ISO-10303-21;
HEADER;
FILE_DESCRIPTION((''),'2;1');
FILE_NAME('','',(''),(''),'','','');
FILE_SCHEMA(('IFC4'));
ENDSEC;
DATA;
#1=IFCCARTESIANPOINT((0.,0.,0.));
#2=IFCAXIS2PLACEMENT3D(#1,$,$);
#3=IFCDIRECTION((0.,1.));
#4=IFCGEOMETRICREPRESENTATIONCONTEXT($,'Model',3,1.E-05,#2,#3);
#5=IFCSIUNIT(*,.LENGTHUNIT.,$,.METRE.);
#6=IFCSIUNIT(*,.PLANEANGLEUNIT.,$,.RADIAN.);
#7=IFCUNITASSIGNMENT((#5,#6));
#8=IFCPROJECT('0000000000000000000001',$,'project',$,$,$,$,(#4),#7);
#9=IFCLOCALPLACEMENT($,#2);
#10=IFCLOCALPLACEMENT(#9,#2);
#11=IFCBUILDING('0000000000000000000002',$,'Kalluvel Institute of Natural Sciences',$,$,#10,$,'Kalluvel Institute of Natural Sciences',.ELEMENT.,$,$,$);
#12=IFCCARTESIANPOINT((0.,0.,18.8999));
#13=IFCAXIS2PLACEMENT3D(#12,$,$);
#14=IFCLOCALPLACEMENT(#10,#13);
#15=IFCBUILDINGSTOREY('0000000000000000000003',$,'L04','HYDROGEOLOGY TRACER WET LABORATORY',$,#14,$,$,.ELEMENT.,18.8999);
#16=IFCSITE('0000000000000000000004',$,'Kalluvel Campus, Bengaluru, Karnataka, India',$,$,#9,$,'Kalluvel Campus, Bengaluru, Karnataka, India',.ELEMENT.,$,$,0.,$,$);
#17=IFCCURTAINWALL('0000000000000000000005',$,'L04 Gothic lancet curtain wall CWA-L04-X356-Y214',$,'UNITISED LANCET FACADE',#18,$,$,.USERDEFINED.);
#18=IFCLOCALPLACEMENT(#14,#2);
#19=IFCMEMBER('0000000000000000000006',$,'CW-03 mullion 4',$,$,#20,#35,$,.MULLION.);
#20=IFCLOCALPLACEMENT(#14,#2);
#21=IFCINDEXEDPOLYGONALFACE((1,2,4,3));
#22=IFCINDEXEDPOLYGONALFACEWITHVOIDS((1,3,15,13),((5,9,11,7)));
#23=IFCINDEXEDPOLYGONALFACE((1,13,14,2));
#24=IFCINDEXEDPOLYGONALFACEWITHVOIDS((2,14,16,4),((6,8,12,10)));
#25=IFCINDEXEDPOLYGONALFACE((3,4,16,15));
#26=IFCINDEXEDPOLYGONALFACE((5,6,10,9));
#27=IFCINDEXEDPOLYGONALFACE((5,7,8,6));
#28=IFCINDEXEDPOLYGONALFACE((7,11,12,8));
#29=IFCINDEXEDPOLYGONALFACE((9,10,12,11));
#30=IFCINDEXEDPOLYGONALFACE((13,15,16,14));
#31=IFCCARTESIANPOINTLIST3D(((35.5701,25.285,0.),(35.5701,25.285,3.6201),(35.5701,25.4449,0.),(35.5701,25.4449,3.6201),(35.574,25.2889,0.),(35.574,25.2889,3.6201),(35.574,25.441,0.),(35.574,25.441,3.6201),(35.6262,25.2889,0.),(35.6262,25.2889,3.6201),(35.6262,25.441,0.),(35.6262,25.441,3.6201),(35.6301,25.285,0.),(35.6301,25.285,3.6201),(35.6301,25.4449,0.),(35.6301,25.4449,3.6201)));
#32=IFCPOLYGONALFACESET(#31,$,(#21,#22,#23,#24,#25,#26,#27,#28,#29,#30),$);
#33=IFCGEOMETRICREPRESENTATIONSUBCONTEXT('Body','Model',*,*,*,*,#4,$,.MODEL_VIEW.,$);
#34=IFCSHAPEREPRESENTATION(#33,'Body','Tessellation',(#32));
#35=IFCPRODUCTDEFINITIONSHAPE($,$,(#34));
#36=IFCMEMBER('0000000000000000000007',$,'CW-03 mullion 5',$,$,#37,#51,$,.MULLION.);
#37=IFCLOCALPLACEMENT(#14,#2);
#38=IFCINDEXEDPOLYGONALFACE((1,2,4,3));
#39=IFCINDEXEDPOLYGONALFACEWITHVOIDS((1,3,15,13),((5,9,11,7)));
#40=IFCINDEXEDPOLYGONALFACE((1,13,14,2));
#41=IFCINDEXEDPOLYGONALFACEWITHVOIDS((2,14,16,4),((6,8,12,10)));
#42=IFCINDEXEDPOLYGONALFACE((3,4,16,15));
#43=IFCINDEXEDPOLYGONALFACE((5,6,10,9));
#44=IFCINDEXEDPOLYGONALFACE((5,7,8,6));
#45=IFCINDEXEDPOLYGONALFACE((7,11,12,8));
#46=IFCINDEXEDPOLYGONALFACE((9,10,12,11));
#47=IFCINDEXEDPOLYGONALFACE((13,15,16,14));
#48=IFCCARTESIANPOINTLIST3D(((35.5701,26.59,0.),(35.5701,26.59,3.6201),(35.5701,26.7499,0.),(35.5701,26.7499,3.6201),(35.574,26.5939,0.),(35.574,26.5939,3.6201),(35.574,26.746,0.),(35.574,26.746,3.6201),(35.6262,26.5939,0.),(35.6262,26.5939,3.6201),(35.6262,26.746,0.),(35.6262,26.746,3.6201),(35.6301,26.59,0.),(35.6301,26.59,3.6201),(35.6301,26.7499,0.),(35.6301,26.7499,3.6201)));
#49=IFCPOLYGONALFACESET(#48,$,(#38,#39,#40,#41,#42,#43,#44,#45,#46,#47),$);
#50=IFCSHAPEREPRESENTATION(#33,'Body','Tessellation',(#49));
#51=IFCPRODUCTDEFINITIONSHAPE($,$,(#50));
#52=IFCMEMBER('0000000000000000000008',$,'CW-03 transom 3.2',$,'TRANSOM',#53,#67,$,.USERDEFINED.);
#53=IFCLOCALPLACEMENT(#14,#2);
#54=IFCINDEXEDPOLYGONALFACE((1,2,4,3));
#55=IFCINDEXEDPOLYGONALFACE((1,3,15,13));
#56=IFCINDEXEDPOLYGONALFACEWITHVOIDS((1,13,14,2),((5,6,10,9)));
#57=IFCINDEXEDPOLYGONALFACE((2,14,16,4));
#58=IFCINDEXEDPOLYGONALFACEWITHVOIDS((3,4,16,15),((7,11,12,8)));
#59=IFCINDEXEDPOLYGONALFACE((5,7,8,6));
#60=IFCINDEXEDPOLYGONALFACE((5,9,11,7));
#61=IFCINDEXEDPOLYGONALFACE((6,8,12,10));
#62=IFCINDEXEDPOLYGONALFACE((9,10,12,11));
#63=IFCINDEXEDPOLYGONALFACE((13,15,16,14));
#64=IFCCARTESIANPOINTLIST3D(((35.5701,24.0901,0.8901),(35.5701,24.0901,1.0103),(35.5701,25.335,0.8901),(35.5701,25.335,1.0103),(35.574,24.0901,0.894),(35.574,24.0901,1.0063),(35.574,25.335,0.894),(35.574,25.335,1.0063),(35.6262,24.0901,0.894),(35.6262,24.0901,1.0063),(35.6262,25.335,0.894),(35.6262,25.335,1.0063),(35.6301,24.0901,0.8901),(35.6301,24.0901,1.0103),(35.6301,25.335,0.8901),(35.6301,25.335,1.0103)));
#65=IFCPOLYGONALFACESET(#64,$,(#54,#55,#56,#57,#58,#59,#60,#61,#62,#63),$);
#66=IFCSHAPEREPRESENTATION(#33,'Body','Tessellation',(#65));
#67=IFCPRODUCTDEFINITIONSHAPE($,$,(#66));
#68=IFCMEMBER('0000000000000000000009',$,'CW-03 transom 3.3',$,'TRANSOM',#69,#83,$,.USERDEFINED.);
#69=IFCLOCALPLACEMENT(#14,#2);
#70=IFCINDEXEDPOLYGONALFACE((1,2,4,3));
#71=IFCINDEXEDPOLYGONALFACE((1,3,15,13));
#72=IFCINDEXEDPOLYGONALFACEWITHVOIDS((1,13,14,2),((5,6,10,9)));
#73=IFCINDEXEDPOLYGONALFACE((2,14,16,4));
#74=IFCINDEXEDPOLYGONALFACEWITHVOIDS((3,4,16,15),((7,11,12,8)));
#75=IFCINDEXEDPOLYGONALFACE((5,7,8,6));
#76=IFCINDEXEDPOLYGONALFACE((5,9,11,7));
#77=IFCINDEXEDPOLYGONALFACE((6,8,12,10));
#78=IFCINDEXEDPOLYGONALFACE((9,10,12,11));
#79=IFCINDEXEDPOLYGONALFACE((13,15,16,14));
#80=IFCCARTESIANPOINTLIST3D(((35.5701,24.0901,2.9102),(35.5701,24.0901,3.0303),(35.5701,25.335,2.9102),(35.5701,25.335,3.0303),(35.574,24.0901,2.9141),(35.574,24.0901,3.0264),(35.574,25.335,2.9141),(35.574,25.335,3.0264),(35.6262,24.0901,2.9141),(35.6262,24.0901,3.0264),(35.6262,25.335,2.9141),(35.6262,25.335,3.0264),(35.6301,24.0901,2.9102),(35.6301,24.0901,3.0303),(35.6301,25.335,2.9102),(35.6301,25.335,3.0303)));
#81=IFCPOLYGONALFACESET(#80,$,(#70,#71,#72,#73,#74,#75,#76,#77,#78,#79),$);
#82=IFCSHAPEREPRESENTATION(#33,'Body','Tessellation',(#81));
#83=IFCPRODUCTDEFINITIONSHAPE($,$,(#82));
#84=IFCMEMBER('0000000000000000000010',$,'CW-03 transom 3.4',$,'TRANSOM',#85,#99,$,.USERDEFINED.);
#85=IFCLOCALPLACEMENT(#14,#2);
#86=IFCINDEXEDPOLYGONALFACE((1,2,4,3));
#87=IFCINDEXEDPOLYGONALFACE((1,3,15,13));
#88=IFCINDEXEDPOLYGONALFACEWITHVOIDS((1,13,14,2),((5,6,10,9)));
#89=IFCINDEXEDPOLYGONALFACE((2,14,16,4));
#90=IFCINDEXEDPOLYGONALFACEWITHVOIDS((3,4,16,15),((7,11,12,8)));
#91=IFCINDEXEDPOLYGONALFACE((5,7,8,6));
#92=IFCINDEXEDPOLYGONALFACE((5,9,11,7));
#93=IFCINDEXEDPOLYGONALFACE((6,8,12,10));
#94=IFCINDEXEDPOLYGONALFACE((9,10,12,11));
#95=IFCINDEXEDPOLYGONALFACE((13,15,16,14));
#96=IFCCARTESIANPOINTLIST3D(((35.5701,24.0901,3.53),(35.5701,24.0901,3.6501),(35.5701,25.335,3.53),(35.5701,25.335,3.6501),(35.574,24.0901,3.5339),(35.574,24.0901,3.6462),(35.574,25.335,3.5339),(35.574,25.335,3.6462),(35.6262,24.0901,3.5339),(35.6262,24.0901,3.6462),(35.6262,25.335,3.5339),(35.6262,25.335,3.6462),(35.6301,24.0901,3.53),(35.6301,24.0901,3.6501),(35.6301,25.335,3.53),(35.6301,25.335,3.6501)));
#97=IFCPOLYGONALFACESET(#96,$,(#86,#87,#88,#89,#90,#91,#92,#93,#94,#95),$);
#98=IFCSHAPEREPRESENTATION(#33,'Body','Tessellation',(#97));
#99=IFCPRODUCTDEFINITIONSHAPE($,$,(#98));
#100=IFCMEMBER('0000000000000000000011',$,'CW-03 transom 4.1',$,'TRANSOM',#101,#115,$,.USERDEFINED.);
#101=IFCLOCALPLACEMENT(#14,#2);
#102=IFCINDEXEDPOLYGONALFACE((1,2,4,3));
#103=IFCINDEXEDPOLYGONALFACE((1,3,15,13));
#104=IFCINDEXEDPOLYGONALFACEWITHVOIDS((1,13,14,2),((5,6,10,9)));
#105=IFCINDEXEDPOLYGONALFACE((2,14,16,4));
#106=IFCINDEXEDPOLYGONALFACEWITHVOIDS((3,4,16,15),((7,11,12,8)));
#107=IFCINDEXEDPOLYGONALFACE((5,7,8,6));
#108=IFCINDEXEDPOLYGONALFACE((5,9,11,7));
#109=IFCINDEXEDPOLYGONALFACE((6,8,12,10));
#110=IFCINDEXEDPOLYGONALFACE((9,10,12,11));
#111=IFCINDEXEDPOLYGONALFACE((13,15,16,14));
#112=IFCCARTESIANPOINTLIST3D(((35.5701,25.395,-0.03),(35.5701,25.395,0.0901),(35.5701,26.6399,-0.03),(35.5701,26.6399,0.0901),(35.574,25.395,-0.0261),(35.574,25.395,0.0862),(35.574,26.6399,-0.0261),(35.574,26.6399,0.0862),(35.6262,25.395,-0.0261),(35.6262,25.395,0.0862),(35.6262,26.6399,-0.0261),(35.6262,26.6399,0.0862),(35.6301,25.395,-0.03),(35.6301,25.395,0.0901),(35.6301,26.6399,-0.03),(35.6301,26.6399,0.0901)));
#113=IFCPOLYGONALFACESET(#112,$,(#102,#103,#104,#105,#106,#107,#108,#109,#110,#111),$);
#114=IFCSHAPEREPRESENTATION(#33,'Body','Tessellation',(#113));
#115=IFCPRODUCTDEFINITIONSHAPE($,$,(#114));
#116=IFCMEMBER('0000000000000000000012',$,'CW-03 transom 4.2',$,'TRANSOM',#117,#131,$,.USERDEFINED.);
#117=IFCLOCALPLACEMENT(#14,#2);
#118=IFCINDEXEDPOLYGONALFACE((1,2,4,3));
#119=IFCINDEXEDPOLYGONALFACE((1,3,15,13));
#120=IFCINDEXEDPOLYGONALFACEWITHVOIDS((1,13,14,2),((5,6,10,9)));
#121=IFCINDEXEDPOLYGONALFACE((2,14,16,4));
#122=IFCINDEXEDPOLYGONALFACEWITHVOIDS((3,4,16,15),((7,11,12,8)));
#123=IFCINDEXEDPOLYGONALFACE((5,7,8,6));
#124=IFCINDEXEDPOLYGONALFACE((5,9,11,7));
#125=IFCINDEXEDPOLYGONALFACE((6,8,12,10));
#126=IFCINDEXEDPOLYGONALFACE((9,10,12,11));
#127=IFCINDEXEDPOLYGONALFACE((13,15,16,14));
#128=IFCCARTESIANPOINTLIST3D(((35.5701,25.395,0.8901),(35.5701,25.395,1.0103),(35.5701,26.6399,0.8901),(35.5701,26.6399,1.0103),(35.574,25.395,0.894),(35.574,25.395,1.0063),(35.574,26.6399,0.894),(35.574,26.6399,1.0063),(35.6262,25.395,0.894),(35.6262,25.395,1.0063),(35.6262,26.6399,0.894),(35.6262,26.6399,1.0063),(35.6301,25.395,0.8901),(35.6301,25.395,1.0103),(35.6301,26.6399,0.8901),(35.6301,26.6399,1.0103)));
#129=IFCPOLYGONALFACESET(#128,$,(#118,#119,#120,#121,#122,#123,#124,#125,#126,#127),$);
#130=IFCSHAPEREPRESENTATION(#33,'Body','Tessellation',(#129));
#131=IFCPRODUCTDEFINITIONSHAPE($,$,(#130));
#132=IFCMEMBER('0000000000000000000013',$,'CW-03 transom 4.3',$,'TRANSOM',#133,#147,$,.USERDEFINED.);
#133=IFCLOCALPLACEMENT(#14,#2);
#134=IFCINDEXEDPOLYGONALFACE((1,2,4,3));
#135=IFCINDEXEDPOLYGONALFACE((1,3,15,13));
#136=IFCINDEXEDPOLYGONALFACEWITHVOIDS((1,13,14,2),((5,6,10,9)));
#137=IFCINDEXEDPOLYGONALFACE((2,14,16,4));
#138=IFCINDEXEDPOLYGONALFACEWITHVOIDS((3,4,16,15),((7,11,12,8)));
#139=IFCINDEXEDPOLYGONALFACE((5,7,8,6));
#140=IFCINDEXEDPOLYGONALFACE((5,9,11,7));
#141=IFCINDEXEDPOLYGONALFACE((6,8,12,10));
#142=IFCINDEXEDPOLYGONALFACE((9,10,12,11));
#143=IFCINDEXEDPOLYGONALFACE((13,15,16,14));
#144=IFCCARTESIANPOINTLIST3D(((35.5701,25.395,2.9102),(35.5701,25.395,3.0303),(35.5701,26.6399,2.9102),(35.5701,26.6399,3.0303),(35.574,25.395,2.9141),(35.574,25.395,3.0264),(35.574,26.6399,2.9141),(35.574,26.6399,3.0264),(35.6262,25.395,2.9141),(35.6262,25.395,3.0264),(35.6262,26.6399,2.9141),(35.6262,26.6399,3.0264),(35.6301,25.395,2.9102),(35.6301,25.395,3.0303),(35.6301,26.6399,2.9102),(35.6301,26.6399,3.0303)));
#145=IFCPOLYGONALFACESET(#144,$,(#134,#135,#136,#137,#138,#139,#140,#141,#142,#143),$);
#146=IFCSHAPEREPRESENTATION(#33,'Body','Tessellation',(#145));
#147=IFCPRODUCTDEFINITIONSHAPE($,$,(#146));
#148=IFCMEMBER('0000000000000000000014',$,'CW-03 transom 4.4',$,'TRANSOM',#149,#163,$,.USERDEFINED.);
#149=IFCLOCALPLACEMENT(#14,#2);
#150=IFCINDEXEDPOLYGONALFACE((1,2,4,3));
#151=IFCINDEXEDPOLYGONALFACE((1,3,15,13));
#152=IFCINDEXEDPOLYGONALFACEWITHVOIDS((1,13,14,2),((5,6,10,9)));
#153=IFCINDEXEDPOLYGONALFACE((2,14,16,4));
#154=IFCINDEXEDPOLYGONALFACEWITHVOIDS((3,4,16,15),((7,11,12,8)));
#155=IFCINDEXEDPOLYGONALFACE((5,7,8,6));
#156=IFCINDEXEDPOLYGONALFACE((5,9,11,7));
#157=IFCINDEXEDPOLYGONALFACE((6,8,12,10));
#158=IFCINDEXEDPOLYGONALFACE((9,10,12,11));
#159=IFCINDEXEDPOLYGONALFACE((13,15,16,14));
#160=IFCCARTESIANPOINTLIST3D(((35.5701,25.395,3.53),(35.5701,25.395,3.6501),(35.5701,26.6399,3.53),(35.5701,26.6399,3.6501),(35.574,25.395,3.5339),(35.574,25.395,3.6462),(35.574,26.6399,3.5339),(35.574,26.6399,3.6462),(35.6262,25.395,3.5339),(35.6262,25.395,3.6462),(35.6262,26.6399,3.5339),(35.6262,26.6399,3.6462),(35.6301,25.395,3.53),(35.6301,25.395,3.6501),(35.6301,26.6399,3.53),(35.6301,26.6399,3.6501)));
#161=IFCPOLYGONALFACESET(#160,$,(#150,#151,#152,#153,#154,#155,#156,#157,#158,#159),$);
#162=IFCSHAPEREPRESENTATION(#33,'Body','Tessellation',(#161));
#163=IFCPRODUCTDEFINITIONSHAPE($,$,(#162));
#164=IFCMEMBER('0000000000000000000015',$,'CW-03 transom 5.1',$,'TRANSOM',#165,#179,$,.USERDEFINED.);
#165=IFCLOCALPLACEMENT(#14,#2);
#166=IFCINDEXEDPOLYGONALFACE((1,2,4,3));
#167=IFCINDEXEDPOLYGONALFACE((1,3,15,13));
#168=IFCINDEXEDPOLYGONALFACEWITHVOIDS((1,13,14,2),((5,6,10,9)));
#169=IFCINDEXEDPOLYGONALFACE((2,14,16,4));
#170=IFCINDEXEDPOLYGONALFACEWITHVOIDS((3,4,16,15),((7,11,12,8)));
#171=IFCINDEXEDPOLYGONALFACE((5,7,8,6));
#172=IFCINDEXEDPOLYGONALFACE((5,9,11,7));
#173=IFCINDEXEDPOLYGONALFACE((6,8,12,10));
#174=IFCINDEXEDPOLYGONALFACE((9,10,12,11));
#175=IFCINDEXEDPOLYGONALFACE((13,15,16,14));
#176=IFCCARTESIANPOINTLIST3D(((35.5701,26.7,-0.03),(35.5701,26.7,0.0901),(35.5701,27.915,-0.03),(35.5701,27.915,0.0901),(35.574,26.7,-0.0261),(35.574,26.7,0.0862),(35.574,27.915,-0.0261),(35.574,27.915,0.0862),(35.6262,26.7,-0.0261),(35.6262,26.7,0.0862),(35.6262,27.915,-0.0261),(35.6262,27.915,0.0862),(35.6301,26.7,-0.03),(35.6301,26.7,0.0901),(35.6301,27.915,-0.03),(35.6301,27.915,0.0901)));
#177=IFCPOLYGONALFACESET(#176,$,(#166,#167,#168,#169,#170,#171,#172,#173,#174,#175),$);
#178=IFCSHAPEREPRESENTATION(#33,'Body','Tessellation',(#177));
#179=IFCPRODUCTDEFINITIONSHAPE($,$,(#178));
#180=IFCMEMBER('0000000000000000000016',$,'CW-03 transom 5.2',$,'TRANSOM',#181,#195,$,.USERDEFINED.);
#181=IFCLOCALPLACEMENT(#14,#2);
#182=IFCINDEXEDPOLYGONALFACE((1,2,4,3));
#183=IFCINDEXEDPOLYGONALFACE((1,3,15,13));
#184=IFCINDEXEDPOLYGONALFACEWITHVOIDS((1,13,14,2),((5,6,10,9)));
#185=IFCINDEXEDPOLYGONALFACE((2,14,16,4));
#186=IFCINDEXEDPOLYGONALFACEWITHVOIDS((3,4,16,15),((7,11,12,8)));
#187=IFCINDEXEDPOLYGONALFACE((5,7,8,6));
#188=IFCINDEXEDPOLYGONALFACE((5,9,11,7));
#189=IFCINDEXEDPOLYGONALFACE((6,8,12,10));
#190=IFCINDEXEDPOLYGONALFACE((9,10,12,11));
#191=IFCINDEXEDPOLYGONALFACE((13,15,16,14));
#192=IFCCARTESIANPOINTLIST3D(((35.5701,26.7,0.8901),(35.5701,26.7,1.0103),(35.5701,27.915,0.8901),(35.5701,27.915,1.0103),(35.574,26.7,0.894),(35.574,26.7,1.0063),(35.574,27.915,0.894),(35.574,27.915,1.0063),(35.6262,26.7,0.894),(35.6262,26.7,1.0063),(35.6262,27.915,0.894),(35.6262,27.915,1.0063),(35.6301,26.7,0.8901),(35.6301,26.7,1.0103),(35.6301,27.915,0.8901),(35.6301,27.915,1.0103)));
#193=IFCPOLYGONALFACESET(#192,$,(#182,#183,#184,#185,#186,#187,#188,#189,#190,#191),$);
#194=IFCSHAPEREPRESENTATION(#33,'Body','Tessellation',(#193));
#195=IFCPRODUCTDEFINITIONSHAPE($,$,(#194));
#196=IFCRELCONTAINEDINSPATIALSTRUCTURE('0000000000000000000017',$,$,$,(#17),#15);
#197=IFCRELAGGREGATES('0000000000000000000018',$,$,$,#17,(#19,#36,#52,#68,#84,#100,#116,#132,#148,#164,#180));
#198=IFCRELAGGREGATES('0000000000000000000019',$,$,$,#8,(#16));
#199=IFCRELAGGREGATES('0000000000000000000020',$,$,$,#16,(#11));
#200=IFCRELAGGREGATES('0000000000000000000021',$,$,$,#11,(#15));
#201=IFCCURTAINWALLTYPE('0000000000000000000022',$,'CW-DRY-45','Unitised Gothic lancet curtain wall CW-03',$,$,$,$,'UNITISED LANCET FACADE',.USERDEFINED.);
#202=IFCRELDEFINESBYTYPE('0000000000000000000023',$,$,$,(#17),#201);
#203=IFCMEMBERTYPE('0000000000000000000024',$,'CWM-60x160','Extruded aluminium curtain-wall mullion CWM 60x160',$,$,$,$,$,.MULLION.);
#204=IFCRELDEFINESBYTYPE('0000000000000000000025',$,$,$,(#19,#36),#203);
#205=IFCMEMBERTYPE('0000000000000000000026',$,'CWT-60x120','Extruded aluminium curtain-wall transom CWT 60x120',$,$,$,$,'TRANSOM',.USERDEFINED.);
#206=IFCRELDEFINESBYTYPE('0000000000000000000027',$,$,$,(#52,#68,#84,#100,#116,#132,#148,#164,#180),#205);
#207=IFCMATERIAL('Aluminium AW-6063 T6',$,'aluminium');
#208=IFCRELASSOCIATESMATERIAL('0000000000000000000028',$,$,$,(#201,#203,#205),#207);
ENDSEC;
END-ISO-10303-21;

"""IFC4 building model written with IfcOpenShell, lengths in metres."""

from ifc_helpers import new_model, si_unit, direction, frame, origin, origin_2d, place, context, subcontext, project, spatial, hollow_rectangle, extrude, material, material_profile, profile_set, type_object, element, aggregate, save


model = new_model("IFC4")

# Units and contexts
model_context = context("Model", 3, precision=1e-05, world=origin(), true_north=direction((0.0, 1.0)))
body_context = subcontext(model_context, "Body", "Model", "MODEL_VIEW")
ifc_project = project(units=[si_unit("LENGTHUNIT", "METRE"), si_unit("PLANEANGLEUNIT", "RADIAN")], contexts=[model_context])

# Site, building, storey
site_placement = place(None, origin())
site = spatial("IfcSite", under=ifc_project, at=site_placement, Name="Kalluvel Campus, Bengaluru, Karnataka, India", LongName="Kalluvel Campus, Bengaluru, Karnataka, India", CompositionType="ELEMENT", RefElevation=0.0)
building_placement = place(site_placement, origin())
building = spatial("IfcBuilding", under=site, at=building_placement, Name="Kalluvel Institute of Natural Sciences", LongName="Kalluvel Institute of Natural Sciences", CompositionType="ELEMENT")
storey_placement = place(building_placement, frame((0.0, 0.0, 18.8999)))
storey = spatial("IfcBuildingStorey", under=building, at=storey_placement, Name="L04", Description="HYDROGEOLOGY TRACER WET LABORATORY", CompositionType="ELEMENT", Elevation=18.8999)

# Curtain wall, members
ifc_material_1 = material(Name="Aluminium AW-6063 T6", Category="aluminium")
curtain_wall_type = type_object("IfcCurtainWallType", Name="CW-DRY-45", Description="Unitised Gothic lancet curtain wall CW-03", ElementType="UNITISED LANCET FACADE", PredefinedType="USERDEFINED", material=ifc_material_1)
curtain_wall_placement = place(storey_placement, origin())
curtain_wall = element("IfcCurtainWall", 1, at=curtain_wall_placement, inside=storey, type_object=curtain_wall_type, Name="L04 Gothic lancet curtain wall CWA-L04-X356-Y214", ObjectType="UNITISED LANCET FACADE", PredefinedType="USERDEFINED")
ifc_material_profile_1 = material_profile(ifc_material_1, hollow_rectangle(XDim=0.0601, YDim=0.1599, WallThickness=0.0039, at=origin_2d()), Name="CWM 60x160")
ifc_profile_set_1 = profile_set([ifc_material_profile_1], Name="Aluminium AW-6063 T6")
member_type_1 = type_object("IfcMemberType", Name="CWM-60x160", Description="Extruded aluminium curtain-wall mullion CWM 60x160", PredefinedType="MULLION", material=ifc_profile_set_1)
member_1_placement = place(storey_placement, frame((35.6001, 25.365, 0.0), z_axis=(0.0, 0.0, 1.0), x_axis=(-1.0, 0.0, 0.0)))
member_1 = element("IfcMember", 2, at=member_1_placement, type_object=member_type_1, Name="CW-03 mullion 4", PredefinedType="MULLION", context=body_context, shape_type="SweptSolid", body=[
    extrude(hollow_rectangle(XDim=0.0601, YDim=0.1599, WallThickness=0.0039, at=origin_2d()), origin(), (0.0, 0.0, 1.0), 3.6201),
])
member_2_placement = place(storey_placement, frame((35.6001, 26.6699, 0.0), z_axis=(0.0, 0.0, 1.0), x_axis=(-1.0, 0.0, 0.0)))
member_2 = element("IfcMember", 3, at=member_2_placement, type_object=member_type_1, Name="CW-03 mullion 5", PredefinedType="MULLION", context=body_context, shape_type="SweptSolid", body=[
    extrude(hollow_rectangle(XDim=0.0601, YDim=0.1599, WallThickness=0.0039, at=origin_2d()), origin(), (0.0, 0.0, 1.0), 3.6201),
])
ifc_material_profile_2 = material_profile(ifc_material_1, hollow_rectangle(XDim=0.0601, YDim=0.1201, WallThickness=0.0039, at=origin_2d()), Name="CWT 60x120")
ifc_profile_set_2 = profile_set([ifc_material_profile_2], Name="Aluminium AW-6063 T6")
member_type_2 = type_object("IfcMemberType", Name="CWT-60x120", Description="Extruded aluminium curtain-wall transom CWT 60x120", ElementType="TRANSOM", PredefinedType="USERDEFINED", material=ifc_profile_set_2)
member_3_placement = place(storey_placement, frame((35.6001, 24.0901, 0.9502), z_axis=(0.0, 1.0, 0.0), x_axis=(-1.0, 0.0, 0.0)))
member_3 = element("IfcMember", 4, at=member_3_placement, type_object=member_type_2, Name="CW-03 transom 3.2", ObjectType="TRANSOM", PredefinedType="USERDEFINED", context=body_context, shape_type="SweptSolid", body=[
    extrude(hollow_rectangle(XDim=0.0601, YDim=0.1201, WallThickness=0.0039, at=origin_2d()), origin(), (0.0, 0.0, 1.0), 1.2449),
])
member_4_placement = place(storey_placement, frame((35.6001, 24.0901, 2.9702), z_axis=(0.0, 1.0, 0.0), x_axis=(-1.0, 0.0, 0.0)))
member_4 = element("IfcMember", 5, at=member_4_placement, type_object=member_type_2, Name="CW-03 transom 3.3", ObjectType="TRANSOM", PredefinedType="USERDEFINED", context=body_context, shape_type="SweptSolid", body=[
    extrude(hollow_rectangle(XDim=0.0601, YDim=0.1201, WallThickness=0.0039, at=origin_2d()), origin(), (0.0, 0.0, 1.0), 1.2449),
])
member_5_placement = place(storey_placement, frame((35.6001, 24.0901, 3.5901), z_axis=(0.0, 1.0, 0.0), x_axis=(-1.0, 0.0, 0.0)))
member_5 = element("IfcMember", 6, at=member_5_placement, type_object=member_type_2, Name="CW-03 transom 3.4", ObjectType="TRANSOM", PredefinedType="USERDEFINED", context=body_context, shape_type="SweptSolid", body=[
    extrude(hollow_rectangle(XDim=0.0601, YDim=0.1201, WallThickness=0.0039, at=origin_2d()), origin(), (0.0, 0.0, 1.0), 1.2449),
])
member_6_placement = place(storey_placement, frame((35.6001, 25.395, 0.03), z_axis=(0.0, 1.0, 0.0), x_axis=(-1.0, 0.0, 0.0)))
member_6 = element("IfcMember", 7, at=member_6_placement, type_object=member_type_2, Name="CW-03 transom 4.1", ObjectType="TRANSOM", PredefinedType="USERDEFINED", context=body_context, shape_type="SweptSolid", body=[
    extrude(hollow_rectangle(XDim=0.0601, YDim=0.1201, WallThickness=0.0039, at=origin_2d()), origin(), (0.0, 0.0, 1.0), 1.2449),
])
member_7_placement = place(storey_placement, frame((35.6001, 25.395, 0.9502), z_axis=(0.0, 1.0, 0.0), x_axis=(-1.0, 0.0, 0.0)))
member_7 = element("IfcMember", 8, at=member_7_placement, type_object=member_type_2, Name="CW-03 transom 4.2", ObjectType="TRANSOM", PredefinedType="USERDEFINED", context=body_context, shape_type="SweptSolid", body=[
    extrude(hollow_rectangle(XDim=0.0601, YDim=0.1201, WallThickness=0.0039, at=origin_2d()), origin(), (0.0, 0.0, 1.0), 1.2449),
])
member_8_placement = place(storey_placement, frame((35.6001, 25.395, 2.9702), z_axis=(0.0, 1.0, 0.0), x_axis=(-1.0, 0.0, 0.0)))
member_8 = element("IfcMember", 9, at=member_8_placement, type_object=member_type_2, Name="CW-03 transom 4.3", ObjectType="TRANSOM", PredefinedType="USERDEFINED", context=body_context, shape_type="SweptSolid", body=[
    extrude(hollow_rectangle(XDim=0.0601, YDim=0.1201, WallThickness=0.0039, at=origin_2d()), origin(), (0.0, 0.0, 1.0), 1.2449),
])
member_9_placement = place(storey_placement, frame((35.6001, 25.395, 3.5901), z_axis=(0.0, 1.0, 0.0), x_axis=(-1.0, 0.0, 0.0)))
member_9 = element("IfcMember", 10, at=member_9_placement, type_object=member_type_2, Name="CW-03 transom 4.4", ObjectType="TRANSOM", PredefinedType="USERDEFINED", context=body_context, shape_type="SweptSolid", body=[
    extrude(hollow_rectangle(XDim=0.0601, YDim=0.1201, WallThickness=0.0039, at=origin_2d()), origin(), (0.0, 0.0, 1.0), 1.2449),
])
member_10_placement = place(storey_placement, frame((35.6001, 26.7, 0.03), z_axis=(0.0, 1.0, 0.0), x_axis=(-1.0, 0.0, 0.0)))
member_10 = element("IfcMember", 11, at=member_10_placement, type_object=member_type_2, Name="CW-03 transom 5.1", ObjectType="TRANSOM", PredefinedType="USERDEFINED", context=body_context, shape_type="SweptSolid", body=[
    extrude(hollow_rectangle(XDim=0.0601, YDim=0.1201, WallThickness=0.0039, at=origin_2d()), origin(), (0.0, 0.0, 1.0), 1.2151),
])
member_11_placement = place(storey_placement, frame((35.6001, 26.7, 0.9502), z_axis=(0.0, 1.0, 0.0), x_axis=(-1.0, 0.0, 0.0)))
member_11 = element("IfcMember", 12, at=member_11_placement, type_object=member_type_2, Name="CW-03 transom 5.2", ObjectType="TRANSOM", PredefinedType="USERDEFINED", context=body_context, shape_type="SweptSolid", body=[
    extrude(hollow_rectangle(XDim=0.0601, YDim=0.1201, WallThickness=0.0039, at=origin_2d()), origin(), (0.0, 0.0, 1.0), 1.2151),
])
aggregate(curtain_wall, [member_1, member_2, member_3, member_4, member_5, member_6, member_7, member_8, member_9, member_10, member_11])

save(model, "model.ifc")
